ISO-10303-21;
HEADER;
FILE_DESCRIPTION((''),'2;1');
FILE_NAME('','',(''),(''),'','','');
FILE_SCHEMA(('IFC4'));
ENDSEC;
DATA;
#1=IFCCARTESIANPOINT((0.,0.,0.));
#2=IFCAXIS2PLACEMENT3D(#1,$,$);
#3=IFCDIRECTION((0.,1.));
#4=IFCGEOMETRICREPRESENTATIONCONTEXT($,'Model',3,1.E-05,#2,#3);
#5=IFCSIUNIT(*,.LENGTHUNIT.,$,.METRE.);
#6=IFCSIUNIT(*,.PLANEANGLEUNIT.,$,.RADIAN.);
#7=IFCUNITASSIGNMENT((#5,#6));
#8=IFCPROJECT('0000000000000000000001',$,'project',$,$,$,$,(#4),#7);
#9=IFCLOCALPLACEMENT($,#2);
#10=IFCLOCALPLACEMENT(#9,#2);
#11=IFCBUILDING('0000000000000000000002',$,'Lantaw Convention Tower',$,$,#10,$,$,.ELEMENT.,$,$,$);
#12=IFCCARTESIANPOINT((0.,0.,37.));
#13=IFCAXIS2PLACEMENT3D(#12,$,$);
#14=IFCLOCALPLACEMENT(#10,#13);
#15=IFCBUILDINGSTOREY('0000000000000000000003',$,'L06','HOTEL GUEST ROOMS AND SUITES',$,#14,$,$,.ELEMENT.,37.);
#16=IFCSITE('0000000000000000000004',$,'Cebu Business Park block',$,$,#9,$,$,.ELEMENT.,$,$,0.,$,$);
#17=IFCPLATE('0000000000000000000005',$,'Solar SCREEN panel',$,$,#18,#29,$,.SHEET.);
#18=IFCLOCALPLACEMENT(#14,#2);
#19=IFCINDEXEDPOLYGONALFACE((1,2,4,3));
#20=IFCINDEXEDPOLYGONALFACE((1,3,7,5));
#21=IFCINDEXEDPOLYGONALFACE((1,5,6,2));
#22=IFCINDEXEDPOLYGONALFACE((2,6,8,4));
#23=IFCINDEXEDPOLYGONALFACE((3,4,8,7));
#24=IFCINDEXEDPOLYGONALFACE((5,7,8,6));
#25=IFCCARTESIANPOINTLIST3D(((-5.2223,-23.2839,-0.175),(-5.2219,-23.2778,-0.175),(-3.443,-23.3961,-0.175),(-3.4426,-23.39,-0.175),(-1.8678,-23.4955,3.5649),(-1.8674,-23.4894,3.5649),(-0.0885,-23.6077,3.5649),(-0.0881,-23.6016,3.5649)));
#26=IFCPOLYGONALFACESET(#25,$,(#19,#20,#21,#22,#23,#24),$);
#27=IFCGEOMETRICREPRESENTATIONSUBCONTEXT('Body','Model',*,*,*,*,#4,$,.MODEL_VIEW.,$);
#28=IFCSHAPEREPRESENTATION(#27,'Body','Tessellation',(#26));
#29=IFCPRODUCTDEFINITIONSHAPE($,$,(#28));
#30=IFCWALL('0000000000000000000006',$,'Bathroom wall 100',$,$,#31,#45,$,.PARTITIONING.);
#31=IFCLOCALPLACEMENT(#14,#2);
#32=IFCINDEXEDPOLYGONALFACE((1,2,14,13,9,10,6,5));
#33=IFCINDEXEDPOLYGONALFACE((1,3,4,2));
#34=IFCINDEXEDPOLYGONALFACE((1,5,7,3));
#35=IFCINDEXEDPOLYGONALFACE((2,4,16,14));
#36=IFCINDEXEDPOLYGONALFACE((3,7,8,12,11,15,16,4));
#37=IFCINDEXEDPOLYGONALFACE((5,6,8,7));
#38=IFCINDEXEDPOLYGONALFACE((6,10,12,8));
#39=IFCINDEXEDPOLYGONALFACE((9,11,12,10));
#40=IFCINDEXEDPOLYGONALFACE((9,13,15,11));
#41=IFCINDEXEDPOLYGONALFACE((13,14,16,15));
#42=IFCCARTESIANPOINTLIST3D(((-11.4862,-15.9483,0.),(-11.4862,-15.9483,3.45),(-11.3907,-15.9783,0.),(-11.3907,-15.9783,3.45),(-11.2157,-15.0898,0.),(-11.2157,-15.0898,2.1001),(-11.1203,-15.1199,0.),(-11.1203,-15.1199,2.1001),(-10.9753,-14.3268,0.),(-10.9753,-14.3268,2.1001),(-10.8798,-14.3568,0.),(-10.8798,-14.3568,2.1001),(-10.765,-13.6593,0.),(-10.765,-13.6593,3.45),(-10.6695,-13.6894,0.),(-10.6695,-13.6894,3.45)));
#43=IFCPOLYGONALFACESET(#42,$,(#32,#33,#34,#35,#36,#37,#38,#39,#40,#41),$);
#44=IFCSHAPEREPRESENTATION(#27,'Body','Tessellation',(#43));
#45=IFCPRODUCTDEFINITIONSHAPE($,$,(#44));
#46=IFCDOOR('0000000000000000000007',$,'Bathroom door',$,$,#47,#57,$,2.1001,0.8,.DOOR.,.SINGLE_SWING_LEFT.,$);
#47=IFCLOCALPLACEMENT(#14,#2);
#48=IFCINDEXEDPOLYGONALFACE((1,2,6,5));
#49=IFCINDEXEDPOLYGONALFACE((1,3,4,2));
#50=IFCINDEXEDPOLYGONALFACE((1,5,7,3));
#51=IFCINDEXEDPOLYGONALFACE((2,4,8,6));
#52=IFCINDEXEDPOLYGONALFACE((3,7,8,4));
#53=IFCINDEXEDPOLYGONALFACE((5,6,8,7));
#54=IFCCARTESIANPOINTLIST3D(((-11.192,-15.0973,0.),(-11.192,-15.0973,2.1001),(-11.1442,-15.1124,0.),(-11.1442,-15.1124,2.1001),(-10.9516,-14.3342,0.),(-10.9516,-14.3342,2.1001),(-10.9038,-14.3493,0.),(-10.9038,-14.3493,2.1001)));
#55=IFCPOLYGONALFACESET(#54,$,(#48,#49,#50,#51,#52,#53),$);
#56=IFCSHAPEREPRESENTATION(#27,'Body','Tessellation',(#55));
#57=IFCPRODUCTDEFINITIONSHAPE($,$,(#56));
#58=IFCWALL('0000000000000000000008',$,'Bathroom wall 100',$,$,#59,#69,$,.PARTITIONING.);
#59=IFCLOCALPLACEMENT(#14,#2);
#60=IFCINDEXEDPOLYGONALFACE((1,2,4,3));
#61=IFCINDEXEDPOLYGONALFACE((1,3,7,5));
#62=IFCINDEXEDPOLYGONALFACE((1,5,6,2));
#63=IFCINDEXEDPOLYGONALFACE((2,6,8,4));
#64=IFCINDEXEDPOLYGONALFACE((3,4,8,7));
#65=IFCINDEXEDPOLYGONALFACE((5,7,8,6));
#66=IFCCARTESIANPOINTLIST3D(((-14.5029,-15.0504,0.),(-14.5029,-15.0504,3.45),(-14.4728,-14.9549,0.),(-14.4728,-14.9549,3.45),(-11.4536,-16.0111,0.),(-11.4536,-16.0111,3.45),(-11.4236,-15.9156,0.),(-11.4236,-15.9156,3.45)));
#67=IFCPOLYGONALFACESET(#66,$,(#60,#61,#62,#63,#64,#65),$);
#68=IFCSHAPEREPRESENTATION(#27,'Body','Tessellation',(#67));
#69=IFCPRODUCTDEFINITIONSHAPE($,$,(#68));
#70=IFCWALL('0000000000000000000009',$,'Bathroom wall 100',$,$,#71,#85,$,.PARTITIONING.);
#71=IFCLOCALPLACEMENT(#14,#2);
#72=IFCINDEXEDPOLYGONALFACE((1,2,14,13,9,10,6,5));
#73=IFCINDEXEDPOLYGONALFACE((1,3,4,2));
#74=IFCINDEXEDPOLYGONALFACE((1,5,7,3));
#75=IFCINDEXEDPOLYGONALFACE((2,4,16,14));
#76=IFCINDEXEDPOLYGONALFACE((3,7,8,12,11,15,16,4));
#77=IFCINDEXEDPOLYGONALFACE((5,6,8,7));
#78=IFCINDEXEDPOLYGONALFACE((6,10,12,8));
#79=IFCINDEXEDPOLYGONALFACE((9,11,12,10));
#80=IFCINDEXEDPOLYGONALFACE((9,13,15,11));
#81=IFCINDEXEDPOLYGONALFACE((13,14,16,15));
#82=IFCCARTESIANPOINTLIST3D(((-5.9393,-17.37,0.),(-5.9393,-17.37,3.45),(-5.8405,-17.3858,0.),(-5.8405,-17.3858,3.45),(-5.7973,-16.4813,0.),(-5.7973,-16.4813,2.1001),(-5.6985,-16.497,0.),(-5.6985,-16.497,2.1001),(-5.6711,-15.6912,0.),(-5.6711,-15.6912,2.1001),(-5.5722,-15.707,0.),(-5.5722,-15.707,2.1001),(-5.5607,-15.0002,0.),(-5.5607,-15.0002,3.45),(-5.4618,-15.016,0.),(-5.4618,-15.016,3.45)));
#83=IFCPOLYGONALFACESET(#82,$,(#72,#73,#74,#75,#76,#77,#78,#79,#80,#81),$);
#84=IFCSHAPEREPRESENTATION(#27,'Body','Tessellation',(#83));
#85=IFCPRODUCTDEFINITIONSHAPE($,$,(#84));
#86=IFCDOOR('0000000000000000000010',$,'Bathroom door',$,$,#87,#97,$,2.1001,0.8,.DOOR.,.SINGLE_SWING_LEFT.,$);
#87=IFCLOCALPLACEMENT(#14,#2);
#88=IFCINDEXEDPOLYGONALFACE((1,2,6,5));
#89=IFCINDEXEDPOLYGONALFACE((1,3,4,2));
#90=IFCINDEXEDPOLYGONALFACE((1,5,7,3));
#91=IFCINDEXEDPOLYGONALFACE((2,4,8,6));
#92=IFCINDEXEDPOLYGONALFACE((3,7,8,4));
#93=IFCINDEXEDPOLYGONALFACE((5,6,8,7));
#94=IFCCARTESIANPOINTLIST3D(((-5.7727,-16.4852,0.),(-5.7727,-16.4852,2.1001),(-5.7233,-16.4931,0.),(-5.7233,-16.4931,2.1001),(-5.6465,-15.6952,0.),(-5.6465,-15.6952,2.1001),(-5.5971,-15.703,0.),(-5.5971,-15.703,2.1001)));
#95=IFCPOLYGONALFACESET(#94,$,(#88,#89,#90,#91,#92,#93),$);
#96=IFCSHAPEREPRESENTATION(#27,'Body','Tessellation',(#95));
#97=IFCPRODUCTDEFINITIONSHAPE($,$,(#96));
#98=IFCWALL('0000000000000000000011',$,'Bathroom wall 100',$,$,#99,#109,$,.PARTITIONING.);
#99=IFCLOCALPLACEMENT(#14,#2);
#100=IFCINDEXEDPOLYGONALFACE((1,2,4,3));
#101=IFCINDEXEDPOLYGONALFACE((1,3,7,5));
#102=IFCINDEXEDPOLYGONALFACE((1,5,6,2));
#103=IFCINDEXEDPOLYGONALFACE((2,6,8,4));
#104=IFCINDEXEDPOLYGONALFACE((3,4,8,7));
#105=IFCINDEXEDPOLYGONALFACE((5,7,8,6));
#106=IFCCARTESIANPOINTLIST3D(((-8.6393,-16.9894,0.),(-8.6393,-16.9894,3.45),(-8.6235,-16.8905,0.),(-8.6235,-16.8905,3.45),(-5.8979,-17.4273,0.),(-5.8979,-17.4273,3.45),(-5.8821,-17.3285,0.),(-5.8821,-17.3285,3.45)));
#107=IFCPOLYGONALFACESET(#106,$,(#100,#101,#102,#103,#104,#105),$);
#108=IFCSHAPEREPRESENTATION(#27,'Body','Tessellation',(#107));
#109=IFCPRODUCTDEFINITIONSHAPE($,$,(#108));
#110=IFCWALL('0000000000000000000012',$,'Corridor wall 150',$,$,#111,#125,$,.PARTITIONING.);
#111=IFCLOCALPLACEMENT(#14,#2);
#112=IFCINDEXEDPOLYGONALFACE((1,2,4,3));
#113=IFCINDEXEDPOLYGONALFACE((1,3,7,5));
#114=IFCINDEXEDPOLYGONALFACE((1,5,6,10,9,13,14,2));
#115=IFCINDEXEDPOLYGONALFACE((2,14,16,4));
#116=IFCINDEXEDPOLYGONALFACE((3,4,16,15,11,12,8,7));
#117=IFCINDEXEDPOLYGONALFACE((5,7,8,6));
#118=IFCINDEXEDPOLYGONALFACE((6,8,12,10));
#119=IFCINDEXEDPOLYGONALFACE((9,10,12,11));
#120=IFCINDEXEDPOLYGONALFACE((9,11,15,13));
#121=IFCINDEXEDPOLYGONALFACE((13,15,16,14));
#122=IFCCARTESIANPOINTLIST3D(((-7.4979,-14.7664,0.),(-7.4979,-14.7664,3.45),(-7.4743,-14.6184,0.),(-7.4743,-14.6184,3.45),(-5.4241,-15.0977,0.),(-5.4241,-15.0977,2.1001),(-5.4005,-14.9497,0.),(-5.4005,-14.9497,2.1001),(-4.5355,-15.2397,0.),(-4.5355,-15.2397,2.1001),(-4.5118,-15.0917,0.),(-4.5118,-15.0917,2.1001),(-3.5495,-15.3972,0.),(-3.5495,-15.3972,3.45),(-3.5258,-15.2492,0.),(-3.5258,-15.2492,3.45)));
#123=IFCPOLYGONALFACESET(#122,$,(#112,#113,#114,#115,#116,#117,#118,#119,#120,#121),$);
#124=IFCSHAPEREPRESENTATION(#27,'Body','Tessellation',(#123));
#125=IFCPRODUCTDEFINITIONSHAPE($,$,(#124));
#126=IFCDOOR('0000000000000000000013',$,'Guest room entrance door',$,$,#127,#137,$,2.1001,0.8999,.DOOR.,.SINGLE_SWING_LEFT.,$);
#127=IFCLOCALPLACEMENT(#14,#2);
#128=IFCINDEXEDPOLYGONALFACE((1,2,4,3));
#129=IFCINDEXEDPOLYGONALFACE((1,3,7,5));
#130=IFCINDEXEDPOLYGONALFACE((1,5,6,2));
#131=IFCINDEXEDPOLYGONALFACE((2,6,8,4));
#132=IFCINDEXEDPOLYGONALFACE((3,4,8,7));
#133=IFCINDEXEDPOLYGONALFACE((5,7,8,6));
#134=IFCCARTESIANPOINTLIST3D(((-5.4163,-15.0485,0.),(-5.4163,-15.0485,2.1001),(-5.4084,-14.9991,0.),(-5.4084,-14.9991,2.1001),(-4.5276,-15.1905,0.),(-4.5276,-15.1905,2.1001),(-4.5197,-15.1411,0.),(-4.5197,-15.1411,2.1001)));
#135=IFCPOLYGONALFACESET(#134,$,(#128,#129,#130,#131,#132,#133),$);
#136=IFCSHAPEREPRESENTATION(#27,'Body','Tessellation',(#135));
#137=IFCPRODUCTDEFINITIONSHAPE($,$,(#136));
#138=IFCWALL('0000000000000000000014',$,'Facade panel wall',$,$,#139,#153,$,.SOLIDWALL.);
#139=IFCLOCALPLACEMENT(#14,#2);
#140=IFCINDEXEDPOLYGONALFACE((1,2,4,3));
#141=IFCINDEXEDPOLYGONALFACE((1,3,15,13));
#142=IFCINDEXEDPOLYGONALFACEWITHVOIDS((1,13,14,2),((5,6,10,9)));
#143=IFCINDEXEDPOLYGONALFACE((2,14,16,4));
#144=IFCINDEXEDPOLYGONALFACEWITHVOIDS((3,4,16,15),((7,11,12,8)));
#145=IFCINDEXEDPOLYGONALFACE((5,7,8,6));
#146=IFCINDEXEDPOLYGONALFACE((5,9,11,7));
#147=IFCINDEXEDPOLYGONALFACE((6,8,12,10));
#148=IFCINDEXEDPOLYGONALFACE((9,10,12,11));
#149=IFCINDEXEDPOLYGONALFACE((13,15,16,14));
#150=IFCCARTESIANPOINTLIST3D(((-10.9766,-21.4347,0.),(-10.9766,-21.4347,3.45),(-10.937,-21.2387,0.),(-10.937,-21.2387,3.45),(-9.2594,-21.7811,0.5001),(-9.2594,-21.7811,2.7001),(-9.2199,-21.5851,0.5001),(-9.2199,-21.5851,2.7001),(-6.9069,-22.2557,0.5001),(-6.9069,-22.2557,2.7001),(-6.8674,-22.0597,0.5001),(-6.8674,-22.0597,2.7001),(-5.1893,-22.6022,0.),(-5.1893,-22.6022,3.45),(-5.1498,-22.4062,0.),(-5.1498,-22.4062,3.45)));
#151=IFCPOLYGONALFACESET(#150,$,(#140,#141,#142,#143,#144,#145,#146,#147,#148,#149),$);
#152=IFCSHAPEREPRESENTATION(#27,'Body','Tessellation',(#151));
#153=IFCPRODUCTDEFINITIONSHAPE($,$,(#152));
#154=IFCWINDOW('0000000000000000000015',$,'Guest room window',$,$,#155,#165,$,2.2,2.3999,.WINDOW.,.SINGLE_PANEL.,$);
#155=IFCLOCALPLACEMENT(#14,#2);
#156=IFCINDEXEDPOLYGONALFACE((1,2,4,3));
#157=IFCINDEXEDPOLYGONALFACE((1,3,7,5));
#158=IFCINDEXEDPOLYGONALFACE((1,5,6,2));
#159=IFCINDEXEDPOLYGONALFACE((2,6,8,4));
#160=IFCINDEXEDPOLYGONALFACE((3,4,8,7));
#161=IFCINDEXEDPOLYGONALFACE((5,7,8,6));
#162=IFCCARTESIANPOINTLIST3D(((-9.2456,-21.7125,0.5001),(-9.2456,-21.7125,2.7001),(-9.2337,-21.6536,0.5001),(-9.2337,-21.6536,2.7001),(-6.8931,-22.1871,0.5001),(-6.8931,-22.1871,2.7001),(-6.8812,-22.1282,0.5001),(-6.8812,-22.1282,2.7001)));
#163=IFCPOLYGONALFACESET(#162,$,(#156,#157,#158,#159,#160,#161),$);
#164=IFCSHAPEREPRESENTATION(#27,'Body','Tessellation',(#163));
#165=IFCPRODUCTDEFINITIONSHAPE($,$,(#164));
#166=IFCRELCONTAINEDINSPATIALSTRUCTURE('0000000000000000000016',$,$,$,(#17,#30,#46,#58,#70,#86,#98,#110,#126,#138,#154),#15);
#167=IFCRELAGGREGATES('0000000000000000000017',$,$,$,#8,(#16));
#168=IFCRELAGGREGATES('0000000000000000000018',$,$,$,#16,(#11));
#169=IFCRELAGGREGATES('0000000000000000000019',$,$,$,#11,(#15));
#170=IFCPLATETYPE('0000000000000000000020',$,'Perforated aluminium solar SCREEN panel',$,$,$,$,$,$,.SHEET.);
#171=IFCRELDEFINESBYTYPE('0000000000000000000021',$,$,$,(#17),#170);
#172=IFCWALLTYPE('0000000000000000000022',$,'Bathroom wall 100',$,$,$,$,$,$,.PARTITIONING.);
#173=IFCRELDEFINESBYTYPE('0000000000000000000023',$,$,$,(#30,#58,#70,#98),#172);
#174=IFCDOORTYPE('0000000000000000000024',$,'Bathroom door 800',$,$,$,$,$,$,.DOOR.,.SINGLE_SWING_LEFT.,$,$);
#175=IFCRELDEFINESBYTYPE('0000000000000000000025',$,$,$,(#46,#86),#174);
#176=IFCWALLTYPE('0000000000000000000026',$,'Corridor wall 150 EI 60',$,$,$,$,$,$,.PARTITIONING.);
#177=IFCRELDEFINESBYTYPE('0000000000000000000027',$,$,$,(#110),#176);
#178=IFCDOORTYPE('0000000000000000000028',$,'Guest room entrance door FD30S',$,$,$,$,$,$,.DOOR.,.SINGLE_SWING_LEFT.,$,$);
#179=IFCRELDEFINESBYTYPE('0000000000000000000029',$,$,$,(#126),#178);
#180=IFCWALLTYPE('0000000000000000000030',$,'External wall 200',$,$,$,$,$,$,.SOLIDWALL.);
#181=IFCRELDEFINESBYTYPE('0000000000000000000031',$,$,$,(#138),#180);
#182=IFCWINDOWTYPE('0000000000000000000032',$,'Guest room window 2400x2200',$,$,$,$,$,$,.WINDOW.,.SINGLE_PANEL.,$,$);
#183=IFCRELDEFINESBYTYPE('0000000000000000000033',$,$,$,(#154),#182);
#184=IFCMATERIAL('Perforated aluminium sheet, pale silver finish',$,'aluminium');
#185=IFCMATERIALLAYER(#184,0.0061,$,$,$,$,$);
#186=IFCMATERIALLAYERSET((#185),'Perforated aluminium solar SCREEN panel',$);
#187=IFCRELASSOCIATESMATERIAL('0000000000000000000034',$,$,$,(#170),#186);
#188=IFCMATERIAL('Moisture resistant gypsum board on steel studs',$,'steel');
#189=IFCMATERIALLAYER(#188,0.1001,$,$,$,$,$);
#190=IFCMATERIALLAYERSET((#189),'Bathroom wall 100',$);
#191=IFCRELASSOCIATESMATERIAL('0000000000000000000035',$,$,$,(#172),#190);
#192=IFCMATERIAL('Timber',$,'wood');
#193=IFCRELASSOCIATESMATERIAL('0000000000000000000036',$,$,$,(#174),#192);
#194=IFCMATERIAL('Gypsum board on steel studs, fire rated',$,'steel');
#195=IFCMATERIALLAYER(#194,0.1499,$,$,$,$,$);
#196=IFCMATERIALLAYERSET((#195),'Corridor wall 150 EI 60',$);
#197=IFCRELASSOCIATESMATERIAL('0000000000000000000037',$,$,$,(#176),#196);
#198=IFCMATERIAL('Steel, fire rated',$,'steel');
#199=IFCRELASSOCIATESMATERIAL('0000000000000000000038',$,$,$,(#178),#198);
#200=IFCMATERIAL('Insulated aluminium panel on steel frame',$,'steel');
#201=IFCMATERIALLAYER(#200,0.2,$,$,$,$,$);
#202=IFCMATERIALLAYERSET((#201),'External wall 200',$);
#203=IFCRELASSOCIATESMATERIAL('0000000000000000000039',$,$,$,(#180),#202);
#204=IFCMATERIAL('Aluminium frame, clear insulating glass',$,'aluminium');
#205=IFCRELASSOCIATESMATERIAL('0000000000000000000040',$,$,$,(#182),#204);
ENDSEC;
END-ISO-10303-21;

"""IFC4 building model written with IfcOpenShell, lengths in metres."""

from ifc_helpers import new_model, si_unit, direction, frame, frame_2d, origin, place, context, subcontext, project, spatial, polyline, rectangle, outline, extrude, material, layer, layer_set, type_object, element, fill, save


model = new_model("IFC4")

# Units and contexts
model_context = context("Model", 3, precision=1e-05, world=origin(), true_north=direction((0.0, 1.0)))
body_context = subcontext(model_context, "Body", "Model", "MODEL_VIEW")
ifc_project = project(units=[si_unit("LENGTHUNIT", "METRE"), si_unit("PLANEANGLEUNIT", "RADIAN")], contexts=[model_context])

# Site, building, storey
site_placement = place(None, origin())
site = spatial("IfcSite", under=ifc_project, at=site_placement, Name="Cebu Business Park block", CompositionType="ELEMENT", RefElevation=0.0)
building_placement = place(site_placement, origin())
building = spatial("IfcBuilding", under=site, at=building_placement, Name="Lantaw Convention Tower", CompositionType="ELEMENT")
storey_placement = place(building_placement, frame((0.0, 0.0, 37.0)))
storey = spatial("IfcBuildingStorey", under=building, at=storey_placement, Name="L06", Description="HOTEL GUEST ROOMS AND SUITES", CompositionType="ELEMENT", Elevation=37.0)

# Plate
ifc_material_1 = material(Name="Perforated aluminium sheet, pale silver finish", Category="aluminium")
ifc_layer_1 = layer(ifc_material_1, 0.0061)
ifc_layer_set_1 = layer_set([ifc_layer_1], Name="Perforated aluminium solar SCREEN panel")
plate_type = type_object("IfcPlateType", Name="Perforated aluminium solar SCREEN panel", PredefinedType="SHEET", material=ifc_layer_set_1)
plate_1_placement = place(storey_placement, frame((-5.2219, -23.2778, -0.175), z_axis=(0.062924, 0.998018, 0.000014), x_axis=(0.998018, -0.062924, 0.0)))
element("IfcPlate", 1, at=plate_1_placement, inside=storey, type_object=plate_type, Name="Solar SCREEN panel", PredefinedType="SHEET", context=body_context, shape_type="SweptSolid", body=[
    extrude(outline(polyline([(0.0, 0.0), (1.7828, 0.0), (5.144, -3.74), (3.3612, -3.74), (0.0, 0.0)])), origin(), (0.0, 0.0, -1.0), 0.0061),
])

# Wall, opening, door
ifc_material_2 = material(Name="Moisture resistant gypsum board on steel studs", Category="steel")
ifc_layer_2 = layer(ifc_material_2, 0.1001)
ifc_layer_set_2 = layer_set([ifc_layer_2], Name="Bathroom wall 100")
wall_type_1 = type_object("IfcWallType", Name="Bathroom wall 100", PredefinedType="PARTITIONING", material=ifc_layer_set_2)
wall_1_placement = place(storey_placement, frame((-10.7173, -13.6743, 0.0), z_axis=(0.0, 0.0, 1.0), x_axis=(-0.300498, -0.953782, 0.0)))
wall_1 = element("IfcWall", 2, at=wall_1_placement, inside=storey, type_object=wall_type_1, Name="Bathroom wall 100", PredefinedType="PARTITIONING", context=body_context, shape_type="SweptSolid", body=[
    extrude(rectangle(XDim=2.3999, YDim=0.1001, at=frame_2d((1.2, 0.0))), origin(), (0.0, 0.0, 1.0), 3.45),
])
opening_1_placement = place(wall_1_placement, frame((0.7, 0.0, 0.0)))
opening_1 = element("IfcOpeningElement", 3, at=opening_1_placement, cuts=wall_1, PredefinedType="OPENING", context=body_context, shape_type="SweptSolid", body=[
    extrude(rectangle(XDim=0.8, YDim=2.1001, at=frame_2d((0.3999, 1.05))), frame((0.0, 0.0601, 0.0), z_axis=(0.0, -1.0, 0.0), x_axis=(1.0, 0.0, 0.0)), (0.0, 0.0, 1.0), 0.1201),
])
ifc_material_3 = material(Name="Timber", Category="wood")
door_type_1 = type_object("IfcDoorType", Name="Bathroom door 800", OperationType="SINGLE_SWING_LEFT", PredefinedType="DOOR", material=ifc_material_3)
door_1_placement = place(opening_1_placement, origin())
door_1 = element("IfcDoor", 4, at=door_1_placement, inside=storey, type_object=door_type_1, Name="Bathroom door", OperationType="SINGLE_SWING_LEFT", OverallHeight=2.1001, OverallWidth=0.8, PredefinedType="DOOR", context=body_context, shape_type="SweptSolid", body=[
    extrude(rectangle(XDim=0.8, YDim=2.1001, at=frame_2d((0.3999, 1.05))), frame((0.0, 0.0249, 0.0), z_axis=(0.0, -1.0, 0.0), x_axis=(1.0, 0.0, 0.0)), (0.0, 0.0, 1.0), 0.05),
])
fill(opening_1, door_1)

# Wall
wall_2_placement = place(storey_placement, frame((-11.4385, -15.9634, 0.0), z_axis=(0.0, 0.0, 1.0), x_axis=(-0.953784, 0.300492, 0.0)))
element("IfcWall", 5, at=wall_2_placement, inside=storey, type_object=wall_type_1, Name="Bathroom wall 100", PredefinedType="PARTITIONING", context=body_context, shape_type="SweptSolid", body=[
    extrude(rectangle(XDim=3.197, YDim=0.1001, at=frame_2d((1.5986, 0.0))), origin(), (0.0, 0.0, 1.0), 3.45),
])

# Wall, opening, door
wall_3_placement = place(storey_placement, frame((-5.5112, -15.0081, 0.0), z_axis=(0.0, 0.0, 1.0), x_axis=(-0.15778, -0.987474, 0.0)))
wall_3 = element("IfcWall", 6, at=wall_3_placement, inside=storey, type_object=wall_type_1, Name="Bathroom wall 100", PredefinedType="PARTITIONING", context=body_context, shape_type="SweptSolid", body=[
    extrude(rectangle(XDim=2.3999, YDim=0.1001, at=frame_2d((1.2, 0.0))), origin(), (0.0, 0.0, 1.0), 3.45),
])
opening_2_placement = place(wall_3_placement, frame((0.7, 0.0, 0.0)))
opening_2 = element("IfcOpeningElement", 7, at=opening_2_placement, cuts=wall_3, PredefinedType="OPENING", context=body_context, shape_type="SweptSolid", body=[
    extrude(rectangle(XDim=0.8, YDim=2.1001, at=frame_2d((0.3999, 1.05))), frame((0.0, 0.0601, 0.0), z_axis=(0.0, -1.0, 0.0), x_axis=(1.0, 0.0, 0.0)), (0.0, 0.0, 1.0), 0.1201),
])
door_2_placement = place(opening_2_placement, origin())
door_2 = element("IfcDoor", 8, at=door_2_placement, inside=storey, type_object=door_type_1, Name="Bathroom door", OperationType="SINGLE_SWING_LEFT", OverallHeight=2.1001, OverallWidth=0.8, PredefinedType="DOOR", context=body_context, shape_type="SweptSolid", body=[
    extrude(rectangle(XDim=0.8, YDim=2.1001, at=frame_2d((0.3999, 1.05))), frame((0.0, 0.0249, 0.0), z_axis=(0.0, -1.0, 0.0), x_axis=(1.0, 0.0, 0.0)), (0.0, 0.0, 1.0), 0.05),
])
fill(opening_2, door_2)

# Wall
wall_4_placement = place(storey_placement, frame((-5.8899, -17.3779, 0.0), z_axis=(0.0, 0.0, 1.0), x_axis=(-0.987477, 0.157764, 0.0)))
element("IfcWall", 9, at=wall_4_placement, inside=storey, type_object=wall_type_1, Name="Bathroom wall 100", PredefinedType="PARTITIONING", context=body_context, shape_type="SweptSolid", body=[
    extrude(rectangle(XDim=2.7761, YDim=0.1001, at=frame_2d((1.3882, 0.0))), origin(), (0.0, 0.0, 1.0), 3.45),
])

# Wall, opening, door
ifc_material_4 = material(Name="Gypsum board on steel studs, fire rated", Category="steel")
ifc_layer_3 = layer(ifc_material_4, 0.1499)
ifc_layer_set_3 = layer_set([ifc_layer_3], Name="Corridor wall 150 EI 60")
wall_type_2 = type_object("IfcWallType", Name="Corridor wall 150 EI 60", PredefinedType="PARTITIONING", material=ifc_layer_set_3)
wall_5_placement = place(storey_placement, frame((-7.4861, -14.6924, 0.0), z_axis=(0.0, 0.0, 1.0), x_axis=(0.987476, -0.157771, 0.0)))
wall_5 = element("IfcWall", 10, at=wall_5_placement, inside=storey, type_object=wall_type_2, Name="Corridor wall 150", PredefinedType="PARTITIONING", context=body_context, shape_type="SweptSolid", body=[
    extrude(rectangle(XDim=3.9985, YDim=0.1499, at=frame_2d((1.9993, 0.0))), origin(), (0.0, 0.0, 1.0), 3.45),
])
opening_3_placement = place(wall_5_placement, frame((2.1001, 0.0, 0.0)))
opening_3 = element("IfcOpeningElement", 11, at=opening_3_placement, cuts=wall_5, PredefinedType="OPENING", context=body_context, shape_type="SweptSolid", body=[
    extrude(rectangle(XDim=0.8999, YDim=2.1001, at=frame_2d((0.45, 1.05))), frame((0.0, 0.085, 0.0), z_axis=(0.0, -1.0, 0.0), x_axis=(1.0, 0.0, 0.0)), (0.0, 0.0, 1.0), 0.1699),
])
ifc_material_5 = material(Name="Steel, fire rated", Category="steel")
door_type_2 = type_object("IfcDoorType", Name="Guest room entrance door FD30S", OperationType="SINGLE_SWING_LEFT", PredefinedType="DOOR", material=ifc_material_5)
door_3_placement = place(opening_3_placement, origin())
door_3 = element("IfcDoor", 12, at=door_3_placement, inside=storey, type_object=door_type_2, Name="Guest room entrance door", OperationType="SINGLE_SWING_LEFT", OverallHeight=2.1001, OverallWidth=0.8999, PredefinedType="DOOR", context=body_context, shape_type="SweptSolid", body=[
    extrude(rectangle(XDim=0.8999, YDim=2.1001, at=frame_2d((0.45, 1.05))), frame((0.0, 0.0249, 0.0), z_axis=(0.0, -1.0, 0.0), x_axis=(1.0, 0.0, 0.0)), (0.0, 0.0, 1.0), 0.05),
])
fill(opening_3, door_3)

# Wall, opening, window
ifc_material_6 = material(Name="Insulated aluminium panel on steel frame", Category="steel")
ifc_layer_4 = layer(ifc_material_6, 0.2)
ifc_layer_set_4 = layer_set([ifc_layer_4], Name="External wall 200")
wall_type_3 = type_object("IfcWallType", Name="External wall 200", PredefinedType="SOLIDWALL", material=ifc_layer_set_4)
wall_6_placement = place(storey_placement, frame((-10.9568, -21.3367, 0.0), z_axis=(0.0, 0.0, 1.0), x_axis=(0.980252, -0.197754, 0.0)))
wall_6 = element("IfcWall", 13, at=wall_6_placement, inside=storey, type_object=wall_type_3, Name="Facade panel wall", PredefinedType="SOLIDWALL", context=body_context, shape_type="SweptSolid", body=[
    extrude(rectangle(XDim=5.9038, YDim=0.2, at=frame_2d((2.9519, 0.0))), origin(), (0.0, 0.0, 1.0), 3.45),
])
opening_4_placement = place(wall_6_placement, frame((1.7517, 0.0, 0.5)))
opening_4 = element("IfcOpeningElement", 14, at=opening_4_placement, cuts=wall_6, PredefinedType="OPENING", context=body_context, shape_type="SweptSolid", body=[
    extrude(rectangle(XDim=2.3999, YDim=2.2, at=frame_2d((1.2, 1.1001))), frame((0.0, 0.1099, 0.0), z_axis=(0.0, -1.0, 0.0), x_axis=(1.0, 0.0, 0.0)), (0.0, 0.0, 1.0), 0.22),
])
ifc_material_7 = material(Name="Aluminium frame, clear insulating glass", Category="aluminium")
window_type = type_object("IfcWindowType", Name="Guest room window 2400x2200", PartitioningType="SINGLE_PANEL", PredefinedType="WINDOW", material=ifc_material_7)
window_1_placement = place(opening_4_placement, origin())
window_1 = element("IfcWindow", 15, at=window_1_placement, inside=storey, type_object=window_type, Name="Guest room window", OverallHeight=2.2, OverallWidth=2.3999, PartitioningType="SINGLE_PANEL", PredefinedType="WINDOW", context=body_context, shape_type="SweptSolid", body=[
    extrude(rectangle(XDim=2.3999, YDim=2.2, at=frame_2d((1.2, 1.1001))), frame((0.0, 0.03, 0.0), z_axis=(0.0, -1.0, 0.0), x_axis=(1.0, 0.0, 0.0)), (0.0, 0.0, 1.0), 0.0601),
])
fill(opening_4, window_1)

save(model, "model.ifc")
